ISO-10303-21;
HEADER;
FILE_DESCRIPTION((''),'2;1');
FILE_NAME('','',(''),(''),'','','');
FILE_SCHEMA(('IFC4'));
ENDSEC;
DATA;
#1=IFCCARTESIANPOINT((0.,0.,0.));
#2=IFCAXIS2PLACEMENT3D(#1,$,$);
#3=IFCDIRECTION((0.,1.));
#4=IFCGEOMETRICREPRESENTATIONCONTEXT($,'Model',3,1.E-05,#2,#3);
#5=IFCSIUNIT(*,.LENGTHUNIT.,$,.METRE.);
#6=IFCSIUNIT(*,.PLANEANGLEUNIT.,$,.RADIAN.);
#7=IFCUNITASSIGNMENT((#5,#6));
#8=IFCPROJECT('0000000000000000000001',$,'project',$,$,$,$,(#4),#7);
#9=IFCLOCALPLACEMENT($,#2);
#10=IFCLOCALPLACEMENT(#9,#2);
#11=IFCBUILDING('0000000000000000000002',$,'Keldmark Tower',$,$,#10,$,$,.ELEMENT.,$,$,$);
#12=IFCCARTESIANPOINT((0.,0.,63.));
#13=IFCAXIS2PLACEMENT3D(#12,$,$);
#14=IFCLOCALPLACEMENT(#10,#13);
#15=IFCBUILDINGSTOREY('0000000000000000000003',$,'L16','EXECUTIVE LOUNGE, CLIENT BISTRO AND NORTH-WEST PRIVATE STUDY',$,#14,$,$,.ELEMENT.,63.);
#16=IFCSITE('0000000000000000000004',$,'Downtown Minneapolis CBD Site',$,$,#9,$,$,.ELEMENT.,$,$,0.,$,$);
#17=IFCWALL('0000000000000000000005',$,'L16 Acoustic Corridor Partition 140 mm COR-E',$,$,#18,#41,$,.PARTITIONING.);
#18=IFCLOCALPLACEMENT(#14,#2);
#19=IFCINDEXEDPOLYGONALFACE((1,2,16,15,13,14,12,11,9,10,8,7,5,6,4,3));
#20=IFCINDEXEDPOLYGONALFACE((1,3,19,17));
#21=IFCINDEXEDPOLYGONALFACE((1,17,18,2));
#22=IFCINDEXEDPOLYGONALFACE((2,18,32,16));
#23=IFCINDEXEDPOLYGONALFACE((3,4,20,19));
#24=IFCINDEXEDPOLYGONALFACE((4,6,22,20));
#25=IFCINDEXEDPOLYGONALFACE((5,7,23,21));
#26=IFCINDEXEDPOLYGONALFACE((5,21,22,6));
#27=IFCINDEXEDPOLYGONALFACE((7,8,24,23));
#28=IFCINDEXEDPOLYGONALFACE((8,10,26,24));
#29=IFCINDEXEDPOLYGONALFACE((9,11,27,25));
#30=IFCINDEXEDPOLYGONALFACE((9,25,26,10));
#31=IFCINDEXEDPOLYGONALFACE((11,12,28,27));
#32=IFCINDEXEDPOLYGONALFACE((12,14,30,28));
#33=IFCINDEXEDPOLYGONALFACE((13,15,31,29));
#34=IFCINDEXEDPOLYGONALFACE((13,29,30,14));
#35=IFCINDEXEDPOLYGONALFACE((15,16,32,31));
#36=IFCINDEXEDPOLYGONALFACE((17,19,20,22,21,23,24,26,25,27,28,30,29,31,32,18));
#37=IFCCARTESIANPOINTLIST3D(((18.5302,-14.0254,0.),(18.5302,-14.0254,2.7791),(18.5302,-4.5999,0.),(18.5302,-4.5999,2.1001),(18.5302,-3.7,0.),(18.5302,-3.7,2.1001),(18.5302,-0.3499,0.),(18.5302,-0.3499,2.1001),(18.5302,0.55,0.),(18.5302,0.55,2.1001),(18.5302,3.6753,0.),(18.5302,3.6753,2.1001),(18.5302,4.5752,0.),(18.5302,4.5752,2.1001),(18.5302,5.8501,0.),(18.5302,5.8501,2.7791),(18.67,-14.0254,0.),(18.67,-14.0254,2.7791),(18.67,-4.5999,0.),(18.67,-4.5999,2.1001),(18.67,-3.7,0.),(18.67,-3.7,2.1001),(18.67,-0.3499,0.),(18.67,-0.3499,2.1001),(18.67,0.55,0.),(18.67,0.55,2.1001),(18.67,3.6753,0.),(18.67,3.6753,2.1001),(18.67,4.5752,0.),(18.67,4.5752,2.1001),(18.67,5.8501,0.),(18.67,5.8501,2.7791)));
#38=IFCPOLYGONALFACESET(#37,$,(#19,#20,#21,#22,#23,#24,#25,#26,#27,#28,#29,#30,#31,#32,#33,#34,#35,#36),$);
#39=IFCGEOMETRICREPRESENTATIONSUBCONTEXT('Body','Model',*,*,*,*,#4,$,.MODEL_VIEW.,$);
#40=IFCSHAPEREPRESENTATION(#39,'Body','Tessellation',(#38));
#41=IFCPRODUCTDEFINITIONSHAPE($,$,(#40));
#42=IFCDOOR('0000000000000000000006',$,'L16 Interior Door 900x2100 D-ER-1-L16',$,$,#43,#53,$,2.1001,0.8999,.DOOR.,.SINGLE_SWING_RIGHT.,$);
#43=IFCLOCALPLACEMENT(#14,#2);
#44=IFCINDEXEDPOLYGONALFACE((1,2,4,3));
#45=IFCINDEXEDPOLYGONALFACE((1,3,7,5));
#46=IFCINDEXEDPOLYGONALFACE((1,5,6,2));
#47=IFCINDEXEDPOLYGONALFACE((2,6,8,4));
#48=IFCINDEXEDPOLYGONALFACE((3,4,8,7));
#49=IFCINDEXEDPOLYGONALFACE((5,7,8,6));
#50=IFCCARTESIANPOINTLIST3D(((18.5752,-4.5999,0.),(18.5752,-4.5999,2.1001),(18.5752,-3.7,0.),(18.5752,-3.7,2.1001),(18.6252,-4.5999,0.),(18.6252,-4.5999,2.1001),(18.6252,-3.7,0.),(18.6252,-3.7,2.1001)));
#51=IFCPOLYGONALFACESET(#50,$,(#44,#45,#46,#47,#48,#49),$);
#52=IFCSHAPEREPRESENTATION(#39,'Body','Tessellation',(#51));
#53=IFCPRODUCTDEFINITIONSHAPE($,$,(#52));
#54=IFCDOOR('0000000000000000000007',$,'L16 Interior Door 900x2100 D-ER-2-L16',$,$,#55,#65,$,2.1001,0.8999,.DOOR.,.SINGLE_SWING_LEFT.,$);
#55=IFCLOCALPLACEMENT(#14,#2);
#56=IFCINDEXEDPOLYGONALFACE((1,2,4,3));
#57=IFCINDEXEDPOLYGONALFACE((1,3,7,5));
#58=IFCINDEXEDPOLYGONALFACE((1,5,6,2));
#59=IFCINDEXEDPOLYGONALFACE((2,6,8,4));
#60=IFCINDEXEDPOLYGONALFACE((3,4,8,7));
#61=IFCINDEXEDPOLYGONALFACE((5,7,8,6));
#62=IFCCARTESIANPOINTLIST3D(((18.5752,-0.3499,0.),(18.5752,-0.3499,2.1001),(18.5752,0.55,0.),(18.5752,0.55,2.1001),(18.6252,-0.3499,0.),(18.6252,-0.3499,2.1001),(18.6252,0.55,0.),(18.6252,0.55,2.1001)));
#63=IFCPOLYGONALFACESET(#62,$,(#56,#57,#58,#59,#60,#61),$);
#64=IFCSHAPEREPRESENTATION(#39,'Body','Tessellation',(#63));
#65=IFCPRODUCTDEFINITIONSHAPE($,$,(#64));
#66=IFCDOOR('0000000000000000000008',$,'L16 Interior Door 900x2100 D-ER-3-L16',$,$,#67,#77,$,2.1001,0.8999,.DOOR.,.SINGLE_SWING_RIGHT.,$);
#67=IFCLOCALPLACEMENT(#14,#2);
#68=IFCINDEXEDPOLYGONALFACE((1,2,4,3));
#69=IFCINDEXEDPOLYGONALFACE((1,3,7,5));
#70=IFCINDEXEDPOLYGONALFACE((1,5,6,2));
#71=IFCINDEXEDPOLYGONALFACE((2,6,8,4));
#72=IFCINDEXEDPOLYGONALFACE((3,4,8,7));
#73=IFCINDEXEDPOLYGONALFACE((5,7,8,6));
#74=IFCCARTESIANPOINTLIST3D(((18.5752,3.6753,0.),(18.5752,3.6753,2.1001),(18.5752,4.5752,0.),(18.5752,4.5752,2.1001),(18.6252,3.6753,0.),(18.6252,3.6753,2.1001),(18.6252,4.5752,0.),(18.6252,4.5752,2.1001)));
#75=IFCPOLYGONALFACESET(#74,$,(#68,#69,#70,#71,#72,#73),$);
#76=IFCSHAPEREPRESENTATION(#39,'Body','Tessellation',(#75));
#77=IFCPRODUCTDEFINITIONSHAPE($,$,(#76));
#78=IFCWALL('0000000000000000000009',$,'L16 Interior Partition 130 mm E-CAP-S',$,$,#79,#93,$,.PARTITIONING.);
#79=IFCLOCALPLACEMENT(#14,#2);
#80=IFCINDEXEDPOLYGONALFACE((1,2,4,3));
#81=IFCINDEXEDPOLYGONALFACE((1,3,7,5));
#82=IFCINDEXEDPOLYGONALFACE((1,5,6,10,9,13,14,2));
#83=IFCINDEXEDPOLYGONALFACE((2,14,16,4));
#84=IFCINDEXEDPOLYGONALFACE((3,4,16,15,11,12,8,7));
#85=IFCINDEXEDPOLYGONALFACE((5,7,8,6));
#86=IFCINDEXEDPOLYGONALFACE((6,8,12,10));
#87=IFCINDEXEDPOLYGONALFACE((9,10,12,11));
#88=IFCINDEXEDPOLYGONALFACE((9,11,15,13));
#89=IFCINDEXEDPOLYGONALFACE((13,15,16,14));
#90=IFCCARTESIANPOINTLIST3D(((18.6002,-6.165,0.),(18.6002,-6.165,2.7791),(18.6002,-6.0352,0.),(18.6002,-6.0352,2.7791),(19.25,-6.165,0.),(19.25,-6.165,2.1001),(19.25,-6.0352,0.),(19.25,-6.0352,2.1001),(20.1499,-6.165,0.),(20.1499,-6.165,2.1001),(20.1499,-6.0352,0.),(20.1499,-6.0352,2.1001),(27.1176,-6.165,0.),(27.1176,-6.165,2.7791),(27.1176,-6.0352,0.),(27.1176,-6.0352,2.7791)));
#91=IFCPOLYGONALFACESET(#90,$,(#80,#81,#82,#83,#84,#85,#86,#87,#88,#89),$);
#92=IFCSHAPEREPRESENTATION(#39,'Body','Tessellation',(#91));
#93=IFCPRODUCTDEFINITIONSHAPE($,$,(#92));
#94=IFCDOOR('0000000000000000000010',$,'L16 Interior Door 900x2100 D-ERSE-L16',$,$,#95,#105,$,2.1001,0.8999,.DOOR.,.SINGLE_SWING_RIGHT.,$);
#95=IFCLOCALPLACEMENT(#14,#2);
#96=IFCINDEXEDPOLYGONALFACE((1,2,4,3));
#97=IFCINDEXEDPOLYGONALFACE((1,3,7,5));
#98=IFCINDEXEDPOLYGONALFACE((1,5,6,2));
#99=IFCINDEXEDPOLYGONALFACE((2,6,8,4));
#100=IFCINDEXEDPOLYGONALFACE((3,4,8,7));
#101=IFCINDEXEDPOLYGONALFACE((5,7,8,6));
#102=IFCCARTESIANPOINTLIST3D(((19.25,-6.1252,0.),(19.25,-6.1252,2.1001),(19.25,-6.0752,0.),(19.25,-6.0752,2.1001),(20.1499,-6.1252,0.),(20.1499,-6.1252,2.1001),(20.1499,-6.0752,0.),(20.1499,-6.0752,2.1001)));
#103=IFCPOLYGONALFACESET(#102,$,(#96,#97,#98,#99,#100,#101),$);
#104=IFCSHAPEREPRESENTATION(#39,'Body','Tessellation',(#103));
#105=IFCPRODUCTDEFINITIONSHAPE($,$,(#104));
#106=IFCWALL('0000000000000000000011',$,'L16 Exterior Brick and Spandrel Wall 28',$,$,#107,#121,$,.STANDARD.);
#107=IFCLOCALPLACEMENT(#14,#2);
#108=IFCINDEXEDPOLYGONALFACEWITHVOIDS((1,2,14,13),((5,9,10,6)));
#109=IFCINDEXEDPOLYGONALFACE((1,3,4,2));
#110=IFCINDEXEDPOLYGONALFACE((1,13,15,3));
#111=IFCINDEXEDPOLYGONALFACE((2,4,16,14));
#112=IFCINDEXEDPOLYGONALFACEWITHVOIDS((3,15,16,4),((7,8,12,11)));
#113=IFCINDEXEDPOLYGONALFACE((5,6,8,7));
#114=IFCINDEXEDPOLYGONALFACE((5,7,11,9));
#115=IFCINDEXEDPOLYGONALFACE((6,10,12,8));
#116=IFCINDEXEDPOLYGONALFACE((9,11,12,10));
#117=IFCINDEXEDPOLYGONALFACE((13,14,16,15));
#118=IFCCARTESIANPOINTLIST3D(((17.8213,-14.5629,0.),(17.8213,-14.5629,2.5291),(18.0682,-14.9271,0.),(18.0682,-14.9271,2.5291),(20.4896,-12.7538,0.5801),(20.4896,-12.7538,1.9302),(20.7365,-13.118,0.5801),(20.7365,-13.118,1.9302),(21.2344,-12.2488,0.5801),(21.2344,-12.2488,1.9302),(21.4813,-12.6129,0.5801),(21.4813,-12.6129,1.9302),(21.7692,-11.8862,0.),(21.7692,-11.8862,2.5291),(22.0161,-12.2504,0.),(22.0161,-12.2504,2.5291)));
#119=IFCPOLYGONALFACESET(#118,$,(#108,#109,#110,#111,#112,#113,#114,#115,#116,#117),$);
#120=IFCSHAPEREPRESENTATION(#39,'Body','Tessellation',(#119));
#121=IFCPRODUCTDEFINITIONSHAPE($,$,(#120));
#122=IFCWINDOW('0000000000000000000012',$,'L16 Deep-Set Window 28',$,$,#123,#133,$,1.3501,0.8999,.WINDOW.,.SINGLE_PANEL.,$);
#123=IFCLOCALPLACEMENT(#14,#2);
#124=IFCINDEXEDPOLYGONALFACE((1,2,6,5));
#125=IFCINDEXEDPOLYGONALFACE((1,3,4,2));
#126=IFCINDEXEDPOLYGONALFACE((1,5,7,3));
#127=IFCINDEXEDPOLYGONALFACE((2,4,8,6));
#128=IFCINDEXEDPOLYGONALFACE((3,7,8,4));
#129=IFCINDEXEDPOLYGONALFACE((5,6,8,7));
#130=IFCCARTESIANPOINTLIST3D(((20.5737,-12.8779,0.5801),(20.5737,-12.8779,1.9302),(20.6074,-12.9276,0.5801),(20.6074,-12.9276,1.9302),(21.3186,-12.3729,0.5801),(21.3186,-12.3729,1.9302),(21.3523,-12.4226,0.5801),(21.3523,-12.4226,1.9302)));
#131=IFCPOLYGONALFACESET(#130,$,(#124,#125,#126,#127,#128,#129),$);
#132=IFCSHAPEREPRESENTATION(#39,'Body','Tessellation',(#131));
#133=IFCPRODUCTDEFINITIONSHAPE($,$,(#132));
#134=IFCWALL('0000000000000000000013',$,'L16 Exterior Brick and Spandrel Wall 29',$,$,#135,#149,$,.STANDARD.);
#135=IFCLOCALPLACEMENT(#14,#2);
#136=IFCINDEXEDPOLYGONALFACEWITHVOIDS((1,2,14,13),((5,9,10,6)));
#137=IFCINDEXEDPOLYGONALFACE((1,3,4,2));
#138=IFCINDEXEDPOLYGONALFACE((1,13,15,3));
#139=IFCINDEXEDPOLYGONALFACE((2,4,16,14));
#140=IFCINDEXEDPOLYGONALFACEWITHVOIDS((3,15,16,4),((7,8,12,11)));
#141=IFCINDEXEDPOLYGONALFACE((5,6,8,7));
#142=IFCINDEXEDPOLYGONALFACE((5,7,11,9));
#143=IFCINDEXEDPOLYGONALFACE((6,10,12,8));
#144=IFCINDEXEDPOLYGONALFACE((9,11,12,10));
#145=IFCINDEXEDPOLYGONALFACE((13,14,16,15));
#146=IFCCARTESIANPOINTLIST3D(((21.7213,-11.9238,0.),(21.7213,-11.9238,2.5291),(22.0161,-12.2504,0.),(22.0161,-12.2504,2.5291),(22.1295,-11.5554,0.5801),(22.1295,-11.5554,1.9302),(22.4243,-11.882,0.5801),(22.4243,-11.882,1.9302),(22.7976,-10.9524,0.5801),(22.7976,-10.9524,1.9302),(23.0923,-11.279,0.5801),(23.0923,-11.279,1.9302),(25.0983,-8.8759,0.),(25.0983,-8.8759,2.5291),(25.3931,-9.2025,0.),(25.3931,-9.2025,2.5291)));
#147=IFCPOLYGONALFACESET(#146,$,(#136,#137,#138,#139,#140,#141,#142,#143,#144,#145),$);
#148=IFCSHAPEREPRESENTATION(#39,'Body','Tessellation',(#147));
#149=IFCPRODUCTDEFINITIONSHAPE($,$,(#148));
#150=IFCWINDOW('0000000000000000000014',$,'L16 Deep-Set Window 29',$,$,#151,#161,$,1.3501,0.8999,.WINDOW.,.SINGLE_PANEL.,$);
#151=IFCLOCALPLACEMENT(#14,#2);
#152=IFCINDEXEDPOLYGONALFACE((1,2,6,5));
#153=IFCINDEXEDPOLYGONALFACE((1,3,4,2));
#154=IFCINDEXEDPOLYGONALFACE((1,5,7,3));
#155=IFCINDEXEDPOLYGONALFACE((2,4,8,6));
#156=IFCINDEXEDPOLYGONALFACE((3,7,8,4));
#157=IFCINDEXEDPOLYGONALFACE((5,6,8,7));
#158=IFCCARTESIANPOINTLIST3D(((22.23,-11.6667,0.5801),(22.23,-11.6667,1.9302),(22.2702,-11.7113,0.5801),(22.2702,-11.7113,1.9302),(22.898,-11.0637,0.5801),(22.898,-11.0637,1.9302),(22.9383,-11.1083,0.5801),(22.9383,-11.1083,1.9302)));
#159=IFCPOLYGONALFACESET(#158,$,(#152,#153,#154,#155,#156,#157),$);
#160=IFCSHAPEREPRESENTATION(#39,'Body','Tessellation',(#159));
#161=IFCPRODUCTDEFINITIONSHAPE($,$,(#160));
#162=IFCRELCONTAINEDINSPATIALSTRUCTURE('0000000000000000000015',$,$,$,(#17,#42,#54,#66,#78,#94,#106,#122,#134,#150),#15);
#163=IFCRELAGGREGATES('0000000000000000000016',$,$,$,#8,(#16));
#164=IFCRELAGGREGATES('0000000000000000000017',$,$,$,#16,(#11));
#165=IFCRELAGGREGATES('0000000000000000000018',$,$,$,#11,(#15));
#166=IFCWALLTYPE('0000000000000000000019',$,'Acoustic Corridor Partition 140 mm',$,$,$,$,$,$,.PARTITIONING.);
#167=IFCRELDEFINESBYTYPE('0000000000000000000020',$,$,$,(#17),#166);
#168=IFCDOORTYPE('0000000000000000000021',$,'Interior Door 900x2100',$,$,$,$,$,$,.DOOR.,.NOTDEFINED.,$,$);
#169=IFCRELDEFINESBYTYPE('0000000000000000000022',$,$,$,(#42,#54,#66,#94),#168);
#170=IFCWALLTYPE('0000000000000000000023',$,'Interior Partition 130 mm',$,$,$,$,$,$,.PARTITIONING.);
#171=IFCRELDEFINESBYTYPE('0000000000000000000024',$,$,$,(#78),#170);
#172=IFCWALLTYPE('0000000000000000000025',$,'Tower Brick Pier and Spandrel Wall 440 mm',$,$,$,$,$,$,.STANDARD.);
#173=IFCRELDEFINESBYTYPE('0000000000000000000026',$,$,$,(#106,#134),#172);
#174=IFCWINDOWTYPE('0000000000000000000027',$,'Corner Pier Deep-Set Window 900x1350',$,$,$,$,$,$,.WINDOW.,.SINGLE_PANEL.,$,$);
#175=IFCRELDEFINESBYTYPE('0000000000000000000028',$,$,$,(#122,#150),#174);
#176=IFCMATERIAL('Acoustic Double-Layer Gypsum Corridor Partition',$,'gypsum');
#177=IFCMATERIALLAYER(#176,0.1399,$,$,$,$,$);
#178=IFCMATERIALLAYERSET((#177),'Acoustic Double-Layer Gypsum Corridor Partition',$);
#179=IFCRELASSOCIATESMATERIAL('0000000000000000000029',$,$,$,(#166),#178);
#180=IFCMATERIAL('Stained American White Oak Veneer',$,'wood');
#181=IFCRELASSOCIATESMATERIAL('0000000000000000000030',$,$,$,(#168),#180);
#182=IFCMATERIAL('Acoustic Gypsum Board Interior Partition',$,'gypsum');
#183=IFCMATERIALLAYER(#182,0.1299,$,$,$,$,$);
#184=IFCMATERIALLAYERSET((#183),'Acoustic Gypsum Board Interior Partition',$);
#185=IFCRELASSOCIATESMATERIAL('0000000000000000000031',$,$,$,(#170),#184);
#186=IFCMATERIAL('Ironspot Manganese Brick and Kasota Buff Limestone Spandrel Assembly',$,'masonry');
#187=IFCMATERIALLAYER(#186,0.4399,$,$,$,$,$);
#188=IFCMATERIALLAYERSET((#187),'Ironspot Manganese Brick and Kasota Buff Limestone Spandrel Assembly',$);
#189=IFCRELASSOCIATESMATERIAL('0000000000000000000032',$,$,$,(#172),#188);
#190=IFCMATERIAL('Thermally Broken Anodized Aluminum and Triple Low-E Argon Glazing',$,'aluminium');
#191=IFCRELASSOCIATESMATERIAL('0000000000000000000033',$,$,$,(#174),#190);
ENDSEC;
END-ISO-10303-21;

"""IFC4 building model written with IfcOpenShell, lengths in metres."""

from ifc_helpers import new_model, si_unit, direction, frame, frame_2d, origin, place, context, subcontext, project, spatial, rectangle, extrude, material, layer, layer_set, type_object, element, fill, save


model = new_model("IFC4")

# Units and contexts
model_context = context("Model", 3, precision=1e-05, world=origin(), true_north=direction((0.0, 1.0)))
body_context = subcontext(model_context, "Body", "Model", "MODEL_VIEW")
ifc_project = project(units=[si_unit("LENGTHUNIT", "METRE"), si_unit("PLANEANGLEUNIT", "RADIAN")], contexts=[model_context])

# Site, building, storey
site_placement = place(None, origin())
site = spatial("IfcSite", under=ifc_project, at=site_placement, Name="Downtown Minneapolis CBD Site", CompositionType="ELEMENT", RefElevation=0.0)
building_placement = place(site_placement, origin())
building = spatial("IfcBuilding", under=site, at=building_placement, Name="Keldmark Tower", CompositionType="ELEMENT")
storey_placement = place(building_placement, frame((0.0, 0.0, 63.0)))
storey = spatial("IfcBuildingStorey", under=building, at=storey_placement, Name="L16", Description="EXECUTIVE LOUNGE, CLIENT BISTRO AND NORTH-WEST PRIVATE STUDY", CompositionType="ELEMENT", Elevation=63.0)

# Wall, openings, doors
ifc_material_1 = material(Name="Acoustic Double-Layer Gypsum Corridor Partition", Category="gypsum")
ifc_layer_1 = layer(ifc_material_1, 0.1399)
ifc_layer_set_1 = layer_set([ifc_layer_1], Name="Acoustic Double-Layer Gypsum Corridor Partition")
wall_type_1 = type_object("IfcWallType", Name="Acoustic Corridor Partition 140 mm", PredefinedType="PARTITIONING", material=ifc_layer_set_1)
wall_1_placement = place(storey_placement, frame((18.6001, -14.0254, 0.0), z_axis=(0.0, 0.0, 1.0), x_axis=(0.0, 1.0, 0.0)))
wall_1 = element("IfcWall", 1, at=wall_1_placement, inside=storey, type_object=wall_type_1, Name="L16 Acoustic Corridor Partition 140 mm COR-E", PredefinedType="PARTITIONING", context=body_context, shape_type="SweptSolid", body=[
    extrude(rectangle(XDim=19.8755, YDim=0.1399, at=frame_2d((9.9377, 0.0))), origin(), (0.0, 0.0, 1.0), 2.7791),
])
opening_1_placement = place(wall_1_placement, frame((9.4255, 0.0, 0.0)))
opening_1 = element("IfcOpeningElement", 2, at=opening_1_placement, cuts=wall_1, PredefinedType="OPENING", context=body_context, shape_type="SweptSolid", body=[
    extrude(rectangle(XDim=0.8999, YDim=2.1001, at=frame_2d((0.45, 1.05))), frame((0.0, 0.0798, 0.0), z_axis=(0.0, -1.0, 0.0), x_axis=(1.0, 0.0, 0.0)), (0.0, 0.0, 1.0), 0.1599),
])
opening_2_placement = place(wall_1_placement, frame((13.6755, 0.0, 0.0)))
opening_2 = element("IfcOpeningElement", 3, at=opening_2_placement, cuts=wall_1, PredefinedType="OPENING", context=body_context, shape_type="SweptSolid", body=[
    extrude(rectangle(XDim=0.8999, YDim=2.1001, at=frame_2d((0.45, 1.05))), frame((0.0, 0.0798, 0.0), z_axis=(0.0, -1.0, 0.0), x_axis=(1.0, 0.0, 0.0)), (0.0, 0.0, 1.0), 0.1599),
])
opening_3_placement = place(wall_1_placement, frame((17.7007, 0.0, 0.0)))
opening_3 = element("IfcOpeningElement", 4, at=opening_3_placement, cuts=wall_1, PredefinedType="OPENING", context=body_context, shape_type="SweptSolid", body=[
    extrude(rectangle(XDim=0.8999, YDim=2.1001, at=frame_2d((0.45, 1.05))), frame((0.0, 0.0798, 0.0), z_axis=(0.0, -1.0, 0.0), x_axis=(1.0, 0.0, 0.0)), (0.0, 0.0, 1.0), 0.1599),
])
ifc_material_2 = material(Name="Stained American White Oak Veneer", Category="wood")
door_type = type_object("IfcDoorType", Name="Interior Door 900x2100", OperationType="NOTDEFINED", PredefinedType="DOOR", material=ifc_material_2)
door_1_placement = place(opening_1_placement, origin())
door_1 = element("IfcDoor", 5, at=door_1_placement, inside=storey, type_object=door_type, Name="L16 Interior Door 900x2100 D-ER-1-L16", OperationType="SINGLE_SWING_RIGHT", OverallHeight=2.1001, OverallWidth=0.8999, PredefinedType="DOOR", context=body_context, shape_type="SweptSolid", body=[
    extrude(rectangle(XDim=0.8999, YDim=2.1001, at=frame_2d((0.45, 1.05))), frame((0.0, 0.0249, 0.0), z_axis=(0.0, -1.0, 0.0), x_axis=(1.0, 0.0, 0.0)), (0.0, 0.0, 1.0), 0.05),
])
fill(opening_1, door_1)
door_2_placement = place(opening_2_placement, origin())
door_2 = element("IfcDoor", 6, at=door_2_placement, inside=storey, type_object=door_type, Name="L16 Interior Door 900x2100 D-ER-2-L16", OperationType="SINGLE_SWING_LEFT", OverallHeight=2.1001, OverallWidth=0.8999, PredefinedType="DOOR", context=body_context, shape_type="SweptSolid", body=[
    extrude(rectangle(XDim=0.8999, YDim=2.1001, at=frame_2d((0.45, 1.05))), frame((0.0, 0.0249, 0.0), z_axis=(0.0, -1.0, 0.0), x_axis=(1.0, 0.0, 0.0)), (0.0, 0.0, 1.0), 0.05),
])
fill(opening_2, door_2)
door_3_placement = place(opening_3_placement, origin())
door_3 = element("IfcDoor", 7, at=door_3_placement, inside=storey, type_object=door_type, Name="L16 Interior Door 900x2100 D-ER-3-L16", OperationType="SINGLE_SWING_RIGHT", OverallHeight=2.1001, OverallWidth=0.8999, PredefinedType="DOOR", context=body_context, shape_type="SweptSolid", body=[
    extrude(rectangle(XDim=0.8999, YDim=2.1001, at=frame_2d((0.45, 1.05))), frame((0.0, 0.0249, 0.0), z_axis=(0.0, -1.0, 0.0), x_axis=(1.0, 0.0, 0.0)), (0.0, 0.0, 1.0), 0.05),
])
fill(opening_3, door_3)

# Wall, opening, door
ifc_material_3 = material(Name="Acoustic Gypsum Board Interior Partition", Category="gypsum")
ifc_layer_2 = layer(ifc_material_3, 0.1299)
ifc_layer_set_2 = layer_set([ifc_layer_2], Name="Acoustic Gypsum Board Interior Partition")
wall_type_2 = type_object("IfcWallType", Name="Interior Partition 130 mm", PredefinedType="PARTITIONING", material=ifc_layer_set_2)
wall_2_placement = place(storey_placement, frame((18.6001, -6.1001, 0.0), z_axis=(0.0, 0.0, 1.0), x_axis=(1.0, 0.0, 0.0)))
wall_2 = element("IfcWall", 8, at=wall_2_placement, inside=storey, type_object=wall_type_2, Name="L16 Interior Partition 130 mm E-CAP-S", PredefinedType="PARTITIONING", context=body_context, shape_type="SweptSolid", body=[
    extrude(rectangle(XDim=8.5173, YDim=0.1299, at=frame_2d((4.2588, 0.0))), origin(), (0.0, 0.0, 1.0), 2.7791),
])
opening_4_placement = place(wall_2_placement, frame((0.6499, 0.0, 0.0)))
opening_4 = element("IfcOpeningElement", 9, at=opening_4_placement, cuts=wall_2, PredefinedType="OPENING", context=body_context, shape_type="SweptSolid", body=[
    extrude(rectangle(XDim=0.8999, YDim=2.1001, at=frame_2d((0.45, 1.05))), frame((0.0, 0.075, 0.0), z_axis=(0.0, -1.0, 0.0), x_axis=(1.0, 0.0, 0.0)), (0.0, 0.0, 1.0), 0.1499),
])
door_4_placement = place(opening_4_placement, origin())
door_4 = element("IfcDoor", 10, at=door_4_placement, inside=storey, type_object=door_type, Name="L16 Interior Door 900x2100 D-ERSE-L16", OperationType="SINGLE_SWING_RIGHT", OverallHeight=2.1001, OverallWidth=0.8999, PredefinedType="DOOR", context=body_context, shape_type="SweptSolid", body=[
    extrude(rectangle(XDim=0.8999, YDim=2.1001, at=frame_2d((0.45, 1.05))), frame((0.0, 0.0249, 0.0), z_axis=(0.0, -1.0, 0.0), x_axis=(1.0, 0.0, 0.0)), (0.0, 0.0, 1.0), 0.05),
])
fill(opening_4, door_4)

# Walls, openings, windows
ifc_material_4 = material(Name="Ironspot Manganese Brick and Kasota Buff Limestone Spandrel Assembly", Category="masonry")
ifc_layer_3 = layer(ifc_material_4, 0.4399)
ifc_layer_set_3 = layer_set([ifc_layer_3], Name="Ironspot Manganese Brick and Kasota Buff Limestone Spandrel Assembly")
wall_type_3 = type_object("IfcWallType", Name="Tower Brick Pier and Spandrel Wall 440 mm", PredefinedType="STANDARD", material=ifc_layer_set_3)
wall_3_placement = place(storey_placement, frame((21.8926, -12.0684, 0.0), z_axis=(0.0, 0.0, 1.0), x_axis=(-0.827694, -0.56118, 0.0)))
wall_3 = element("IfcWall", 11, at=wall_3_placement, inside=storey, type_object=wall_type_3, Name="L16 Exterior Brick and Spandrel Wall 28", PredefinedType="STANDARD", context=body_context, shape_type="SweptSolid", body=[
    extrude(rectangle(XDim=4.7698, YDim=0.4399, at=frame_2d((2.3848, 0.0))), origin(), (0.0, 0.0, 1.0), 2.5291),
])
opening_5_placement = place(wall_3_placement, frame((0.646, 0.0, 0.5801)))
opening_5 = element("IfcOpeningElement", 12, at=opening_5_placement, cuts=wall_3, PredefinedType="OPENING", context=body_context, shape_type="SweptSolid", body=[
    extrude(rectangle(XDim=0.8999, YDim=1.3501, at=frame_2d((0.45, 0.675))), frame((0.0, 0.23, 0.0), z_axis=(0.0, -1.0, 0.0), x_axis=(1.0, 0.0, 0.0)), (0.0, 0.0, 1.0), 0.46),
])
ifc_material_5 = material(Name="Thermally Broken Anodized Aluminum and Triple Low-E Argon Glazing", Category="aluminium")
window_type = type_object("IfcWindowType", Name="Corner Pier Deep-Set Window 900x1350", PartitioningType="SINGLE_PANEL", PredefinedType="WINDOW", material=ifc_material_5)
window_1_placement = place(opening_5_placement, origin())
window_1 = element("IfcWindow", 13, at=window_1_placement, inside=storey, type_object=window_type, Name="L16 Deep-Set Window 28", OverallHeight=1.3501, OverallWidth=0.8999, PartitioningType="SINGLE_PANEL", PredefinedType="WINDOW", context=body_context, shape_type="SweptSolid", body=[
    extrude(rectangle(XDim=0.8999, YDim=1.3501, at=frame_2d((0.45, 0.675))), frame((0.0, -0.01, 0.0), z_axis=(0.0, -1.0, 0.0), x_axis=(1.0, 0.0, 0.0)), (0.0, 0.0, 1.0), 0.0601),
])
fill(opening_5, window_1)
wall_4_placement = place(storey_placement, frame((25.2456, -9.0393, 0.0), z_axis=(0.0, 0.0, 1.0), x_axis=(-0.742354, -0.670008, 0.0)))
wall_4 = element("IfcWall", 14, at=wall_4_placement, inside=storey, type_object=wall_type_3, Name="L16 Exterior Brick and Spandrel Wall 29", PredefinedType="STANDARD", context=body_context, shape_type="SweptSolid", body=[
    extrude(rectangle(XDim=4.5491, YDim=0.4399, at=frame_2d((2.2744, 0.0))), origin(), (0.0, 0.0, 1.0), 2.5291),
])
opening_6_placement = place(wall_4_placement, frame((3.0991, 0.0, 0.5801)))
opening_6 = element("IfcOpeningElement", 15, at=opening_6_placement, cuts=wall_4, PredefinedType="OPENING", context=body_context, shape_type="SweptSolid", body=[
    extrude(rectangle(XDim=0.8999, YDim=1.3501, at=frame_2d((0.45, 0.675))), frame((0.0, 0.23, 0.0), z_axis=(0.0, -1.0, 0.0), x_axis=(1.0, 0.0, 0.0)), (0.0, 0.0, 1.0), 0.46),
])
window_2_placement = place(opening_6_placement, origin())
window_2 = element("IfcWindow", 16, at=window_2_placement, inside=storey, type_object=window_type, Name="L16 Deep-Set Window 29", OverallHeight=1.3501, OverallWidth=0.8999, PartitioningType="SINGLE_PANEL", PredefinedType="WINDOW", context=body_context, shape_type="SweptSolid", body=[
    extrude(rectangle(XDim=0.8999, YDim=1.3501, at=frame_2d((0.45, 0.675))), frame((0.0, -0.01, 0.0), z_axis=(0.0, -1.0, 0.0), x_axis=(1.0, 0.0, 0.0)), (0.0, 0.0, 1.0), 0.0601),
])
fill(opening_6, window_2)

save(model, "model.ifc")
